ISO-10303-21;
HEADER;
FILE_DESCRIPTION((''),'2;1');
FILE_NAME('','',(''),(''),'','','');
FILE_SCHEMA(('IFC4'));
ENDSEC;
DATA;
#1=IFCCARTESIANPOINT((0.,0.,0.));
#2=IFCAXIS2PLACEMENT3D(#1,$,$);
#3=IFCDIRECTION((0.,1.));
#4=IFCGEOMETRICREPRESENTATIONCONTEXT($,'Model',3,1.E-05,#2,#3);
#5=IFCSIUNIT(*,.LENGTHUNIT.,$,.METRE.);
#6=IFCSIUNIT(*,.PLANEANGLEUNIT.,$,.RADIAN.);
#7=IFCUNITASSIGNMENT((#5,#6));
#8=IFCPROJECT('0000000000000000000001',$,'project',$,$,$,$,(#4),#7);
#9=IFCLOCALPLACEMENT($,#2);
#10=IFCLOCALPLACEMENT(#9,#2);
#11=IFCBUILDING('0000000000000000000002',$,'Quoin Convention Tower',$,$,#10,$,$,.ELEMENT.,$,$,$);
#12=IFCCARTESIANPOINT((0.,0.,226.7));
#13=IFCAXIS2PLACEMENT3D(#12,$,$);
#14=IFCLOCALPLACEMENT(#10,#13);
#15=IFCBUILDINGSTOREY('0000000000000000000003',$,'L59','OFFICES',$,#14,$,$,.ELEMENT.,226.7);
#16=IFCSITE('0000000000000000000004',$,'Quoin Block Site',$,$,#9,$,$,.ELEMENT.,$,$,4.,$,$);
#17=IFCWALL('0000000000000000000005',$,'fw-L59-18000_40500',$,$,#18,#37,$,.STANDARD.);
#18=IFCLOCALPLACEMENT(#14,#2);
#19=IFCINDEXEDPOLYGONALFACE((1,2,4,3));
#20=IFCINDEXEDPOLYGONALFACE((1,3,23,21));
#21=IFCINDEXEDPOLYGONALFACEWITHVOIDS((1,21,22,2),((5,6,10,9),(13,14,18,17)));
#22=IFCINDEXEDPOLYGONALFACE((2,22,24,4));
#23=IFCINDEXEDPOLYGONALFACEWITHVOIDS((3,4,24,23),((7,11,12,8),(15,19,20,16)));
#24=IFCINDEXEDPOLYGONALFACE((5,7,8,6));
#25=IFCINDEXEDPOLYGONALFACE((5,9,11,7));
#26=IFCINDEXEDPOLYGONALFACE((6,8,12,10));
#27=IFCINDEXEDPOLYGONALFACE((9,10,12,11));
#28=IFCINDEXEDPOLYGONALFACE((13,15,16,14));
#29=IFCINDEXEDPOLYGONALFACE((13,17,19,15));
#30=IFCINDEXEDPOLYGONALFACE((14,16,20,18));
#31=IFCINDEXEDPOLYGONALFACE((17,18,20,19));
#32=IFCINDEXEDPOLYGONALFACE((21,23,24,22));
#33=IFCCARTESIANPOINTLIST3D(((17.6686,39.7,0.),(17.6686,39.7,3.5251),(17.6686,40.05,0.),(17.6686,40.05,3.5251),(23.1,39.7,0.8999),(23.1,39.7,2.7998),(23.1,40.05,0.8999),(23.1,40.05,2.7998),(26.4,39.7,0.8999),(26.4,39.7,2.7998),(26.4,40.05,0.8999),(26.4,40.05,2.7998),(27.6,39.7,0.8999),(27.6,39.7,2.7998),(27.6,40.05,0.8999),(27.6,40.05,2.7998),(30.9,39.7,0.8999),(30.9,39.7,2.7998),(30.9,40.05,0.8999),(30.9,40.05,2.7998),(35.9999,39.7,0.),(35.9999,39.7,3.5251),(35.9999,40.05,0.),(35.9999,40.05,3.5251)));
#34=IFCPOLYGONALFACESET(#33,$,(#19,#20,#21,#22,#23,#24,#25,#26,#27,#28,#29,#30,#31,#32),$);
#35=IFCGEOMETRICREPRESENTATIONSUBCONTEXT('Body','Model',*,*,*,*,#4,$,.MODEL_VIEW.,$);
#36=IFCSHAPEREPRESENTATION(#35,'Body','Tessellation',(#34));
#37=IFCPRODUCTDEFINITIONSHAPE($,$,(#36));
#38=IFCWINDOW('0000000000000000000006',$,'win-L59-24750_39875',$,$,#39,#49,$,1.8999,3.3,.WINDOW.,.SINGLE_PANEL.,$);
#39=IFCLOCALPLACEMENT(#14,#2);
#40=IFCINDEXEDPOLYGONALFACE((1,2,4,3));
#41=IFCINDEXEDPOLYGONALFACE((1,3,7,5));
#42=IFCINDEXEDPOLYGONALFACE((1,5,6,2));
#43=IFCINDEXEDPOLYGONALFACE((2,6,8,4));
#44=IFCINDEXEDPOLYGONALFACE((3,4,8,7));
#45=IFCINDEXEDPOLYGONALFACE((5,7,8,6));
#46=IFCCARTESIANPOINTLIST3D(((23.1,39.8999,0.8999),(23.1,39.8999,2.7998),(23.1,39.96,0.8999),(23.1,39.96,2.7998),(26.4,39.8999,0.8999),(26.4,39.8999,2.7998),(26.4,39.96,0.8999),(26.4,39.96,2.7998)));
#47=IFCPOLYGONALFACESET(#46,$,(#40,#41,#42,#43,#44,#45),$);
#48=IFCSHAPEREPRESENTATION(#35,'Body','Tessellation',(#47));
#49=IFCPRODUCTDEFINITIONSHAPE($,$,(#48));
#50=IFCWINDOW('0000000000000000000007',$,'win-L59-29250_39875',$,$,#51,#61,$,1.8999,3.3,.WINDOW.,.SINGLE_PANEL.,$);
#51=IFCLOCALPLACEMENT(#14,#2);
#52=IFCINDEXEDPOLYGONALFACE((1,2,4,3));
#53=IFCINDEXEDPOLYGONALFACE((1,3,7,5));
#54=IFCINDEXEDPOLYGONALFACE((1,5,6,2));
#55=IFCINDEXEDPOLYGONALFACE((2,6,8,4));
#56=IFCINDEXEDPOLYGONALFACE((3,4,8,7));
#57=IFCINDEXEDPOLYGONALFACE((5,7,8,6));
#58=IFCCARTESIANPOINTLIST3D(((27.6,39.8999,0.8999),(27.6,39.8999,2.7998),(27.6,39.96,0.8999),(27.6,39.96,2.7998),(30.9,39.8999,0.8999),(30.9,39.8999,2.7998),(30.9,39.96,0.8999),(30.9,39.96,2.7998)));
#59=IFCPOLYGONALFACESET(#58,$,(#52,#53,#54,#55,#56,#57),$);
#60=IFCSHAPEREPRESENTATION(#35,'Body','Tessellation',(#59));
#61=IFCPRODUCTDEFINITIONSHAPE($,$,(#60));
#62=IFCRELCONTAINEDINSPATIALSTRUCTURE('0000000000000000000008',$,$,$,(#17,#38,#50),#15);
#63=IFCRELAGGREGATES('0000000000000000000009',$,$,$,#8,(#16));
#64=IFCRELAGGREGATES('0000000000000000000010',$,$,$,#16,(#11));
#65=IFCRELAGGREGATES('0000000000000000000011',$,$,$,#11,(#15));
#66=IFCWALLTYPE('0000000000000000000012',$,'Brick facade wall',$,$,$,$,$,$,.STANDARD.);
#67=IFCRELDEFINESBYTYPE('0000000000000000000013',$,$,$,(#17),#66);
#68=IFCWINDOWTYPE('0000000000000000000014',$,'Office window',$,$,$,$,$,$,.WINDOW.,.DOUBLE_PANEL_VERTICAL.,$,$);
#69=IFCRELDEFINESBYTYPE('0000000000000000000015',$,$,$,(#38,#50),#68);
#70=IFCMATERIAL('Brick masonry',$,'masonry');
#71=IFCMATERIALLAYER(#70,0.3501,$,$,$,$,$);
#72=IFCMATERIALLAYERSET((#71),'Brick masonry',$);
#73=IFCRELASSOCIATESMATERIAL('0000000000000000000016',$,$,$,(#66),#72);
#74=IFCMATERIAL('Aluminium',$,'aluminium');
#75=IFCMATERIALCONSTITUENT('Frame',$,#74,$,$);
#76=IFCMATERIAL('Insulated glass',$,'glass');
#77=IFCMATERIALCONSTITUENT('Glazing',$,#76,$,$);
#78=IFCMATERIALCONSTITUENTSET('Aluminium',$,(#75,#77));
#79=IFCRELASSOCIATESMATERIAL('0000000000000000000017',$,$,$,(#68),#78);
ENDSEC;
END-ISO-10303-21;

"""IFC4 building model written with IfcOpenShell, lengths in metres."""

from ifc_helpers import new_model, si_unit, direction, frame, frame_2d, origin, place, context, subcontext, project, spatial, rectangle, extrude, material, layer, layer_set, constituent, constituent_set, type_object, element, fill, save


model = new_model("IFC4")

# Units and contexts
model_context = context("Model", 3, precision=1e-05, world=origin(), true_north=direction((0.0, 1.0)))
body_context = subcontext(model_context, "Body", "Model", "MODEL_VIEW")
ifc_project = project(units=[si_unit("LENGTHUNIT", "METRE"), si_unit("PLANEANGLEUNIT", "RADIAN")], contexts=[model_context])

# Site, building, storey
site_placement = place(None, origin())
site = spatial("IfcSite", under=ifc_project, at=site_placement, Name="Quoin Block Site", CompositionType="ELEMENT", RefElevation=4.0)
building_placement = place(site_placement, origin())
building = spatial("IfcBuilding", under=site, at=building_placement, Name="Quoin Convention Tower", CompositionType="ELEMENT")
storey_placement = place(building_placement, frame((0.0, 0.0, 226.7)))
storey = spatial("IfcBuildingStorey", under=building, at=storey_placement, Name="L59", Description="OFFICES", CompositionType="ELEMENT", Elevation=226.7)

# Wall, openings, windows
ifc_material_1 = material(Name="Brick masonry", Category="masonry")
ifc_layer_1 = layer(ifc_material_1, 0.3501)
ifc_layer_set_1 = layer_set([ifc_layer_1], Name="Brick masonry")
wall_type = type_object("IfcWallType", Name="Brick facade wall", PredefinedType="STANDARD", material=ifc_layer_set_1)
ifc_material_2 = material(Name="Aluminium", Category="aluminium")
ifc_constituent_1 = constituent(ifc_material_2, Name="Frame")
ifc_material_3 = material(Name="Insulated glass", Category="glass")
ifc_constituent_2 = constituent(ifc_material_3, Name="Glazing")
ifc_constituent_set = constituent_set(constituents=[ifc_constituent_1, ifc_constituent_2], Name="Aluminium")
window_type = type_object("IfcWindowType", Name="Office window", PartitioningType="DOUBLE_PANEL_VERTICAL", PredefinedType="WINDOW", material=ifc_constituent_set)
wall_1_placement = place(storey_placement, frame((17.6687, 39.875, 0.0), z_axis=(0.0, 0.0, 1.0), x_axis=(1.0, 0.0, 0.0)))
wall_1 = element("IfcWall", 1, at=wall_1_placement, inside=storey, type_object=wall_type, Name="fw-L59-18000_40500", PredefinedType="STANDARD", context=body_context, shape_type="SweptSolid", body=[
    extrude(rectangle(XDim=18.3313, YDim=0.3501, at=frame_2d((9.1655, 0.0))), origin(), (0.0, 0.0, 1.0), 3.5251),
])
opening_1_placement = place(wall_1_placement, frame((5.4314, 0.0, 0.8999)))
opening_1 = element("IfcOpeningElement", 2, at=opening_1_placement, cuts=wall_1, PredefinedType="OPENING", context=body_context, shape_type="SweptSolid", body=[
    extrude(rectangle(XDim=3.3, YDim=1.8999, at=frame_2d((1.6499, 0.95))), frame((0.0, 0.1851, 0.0), z_axis=(0.0, -1.0, 0.0), x_axis=(1.0, 0.0, 0.0)), (0.0, 0.0, 1.0), 0.3701),
])
opening_2_placement = place(wall_1_placement, frame((9.9314, 0.0, 0.8999)))
opening_2 = element("IfcOpeningElement", 3, at=opening_2_placement, cuts=wall_1, PredefinedType="OPENING", context=body_context, shape_type="SweptSolid", body=[
    extrude(rectangle(XDim=3.3, YDim=1.8999, at=frame_2d((1.6499, 0.95))), frame((0.0, 0.1851, 0.0), z_axis=(0.0, -1.0, 0.0), x_axis=(1.0, 0.0, 0.0)), (0.0, 0.0, 1.0), 0.3701),
])
window_1_placement = place(opening_1_placement, origin())
window_1 = element("IfcWindow", 4, at=window_1_placement, inside=storey, type_object=window_type, Name="win-L59-24750_39875", OverallHeight=1.8999, OverallWidth=3.3, PartitioningType="SINGLE_PANEL", PredefinedType="WINDOW", context=body_context, shape_type="SweptSolid", body=[
    extrude(rectangle(XDim=3.3, YDim=1.8999, at=frame_2d((1.6499, 0.95))), frame((0.0, 0.085, 0.0), z_axis=(0.0, -1.0, 0.0), x_axis=(1.0, 0.0, 0.0)), (0.0, 0.0, 1.0), 0.0601),
])
fill(opening_1, window_1)
window_2_placement = place(opening_2_placement, origin())
window_2 = element("IfcWindow", 5, at=window_2_placement, inside=storey, type_object=window_type, Name="win-L59-29250_39875", OverallHeight=1.8999, OverallWidth=3.3, PartitioningType="SINGLE_PANEL", PredefinedType="WINDOW", context=body_context, shape_type="SweptSolid", body=[
    extrude(rectangle(XDim=3.3, YDim=1.8999, at=frame_2d((1.6499, 0.95))), frame((0.0, 0.085, 0.0), z_axis=(0.0, -1.0, 0.0), x_axis=(1.0, 0.0, 0.0)), (0.0, 0.0, 1.0), 0.0601),
])
fill(opening_2, window_2)

save(model, "model.ifc")
